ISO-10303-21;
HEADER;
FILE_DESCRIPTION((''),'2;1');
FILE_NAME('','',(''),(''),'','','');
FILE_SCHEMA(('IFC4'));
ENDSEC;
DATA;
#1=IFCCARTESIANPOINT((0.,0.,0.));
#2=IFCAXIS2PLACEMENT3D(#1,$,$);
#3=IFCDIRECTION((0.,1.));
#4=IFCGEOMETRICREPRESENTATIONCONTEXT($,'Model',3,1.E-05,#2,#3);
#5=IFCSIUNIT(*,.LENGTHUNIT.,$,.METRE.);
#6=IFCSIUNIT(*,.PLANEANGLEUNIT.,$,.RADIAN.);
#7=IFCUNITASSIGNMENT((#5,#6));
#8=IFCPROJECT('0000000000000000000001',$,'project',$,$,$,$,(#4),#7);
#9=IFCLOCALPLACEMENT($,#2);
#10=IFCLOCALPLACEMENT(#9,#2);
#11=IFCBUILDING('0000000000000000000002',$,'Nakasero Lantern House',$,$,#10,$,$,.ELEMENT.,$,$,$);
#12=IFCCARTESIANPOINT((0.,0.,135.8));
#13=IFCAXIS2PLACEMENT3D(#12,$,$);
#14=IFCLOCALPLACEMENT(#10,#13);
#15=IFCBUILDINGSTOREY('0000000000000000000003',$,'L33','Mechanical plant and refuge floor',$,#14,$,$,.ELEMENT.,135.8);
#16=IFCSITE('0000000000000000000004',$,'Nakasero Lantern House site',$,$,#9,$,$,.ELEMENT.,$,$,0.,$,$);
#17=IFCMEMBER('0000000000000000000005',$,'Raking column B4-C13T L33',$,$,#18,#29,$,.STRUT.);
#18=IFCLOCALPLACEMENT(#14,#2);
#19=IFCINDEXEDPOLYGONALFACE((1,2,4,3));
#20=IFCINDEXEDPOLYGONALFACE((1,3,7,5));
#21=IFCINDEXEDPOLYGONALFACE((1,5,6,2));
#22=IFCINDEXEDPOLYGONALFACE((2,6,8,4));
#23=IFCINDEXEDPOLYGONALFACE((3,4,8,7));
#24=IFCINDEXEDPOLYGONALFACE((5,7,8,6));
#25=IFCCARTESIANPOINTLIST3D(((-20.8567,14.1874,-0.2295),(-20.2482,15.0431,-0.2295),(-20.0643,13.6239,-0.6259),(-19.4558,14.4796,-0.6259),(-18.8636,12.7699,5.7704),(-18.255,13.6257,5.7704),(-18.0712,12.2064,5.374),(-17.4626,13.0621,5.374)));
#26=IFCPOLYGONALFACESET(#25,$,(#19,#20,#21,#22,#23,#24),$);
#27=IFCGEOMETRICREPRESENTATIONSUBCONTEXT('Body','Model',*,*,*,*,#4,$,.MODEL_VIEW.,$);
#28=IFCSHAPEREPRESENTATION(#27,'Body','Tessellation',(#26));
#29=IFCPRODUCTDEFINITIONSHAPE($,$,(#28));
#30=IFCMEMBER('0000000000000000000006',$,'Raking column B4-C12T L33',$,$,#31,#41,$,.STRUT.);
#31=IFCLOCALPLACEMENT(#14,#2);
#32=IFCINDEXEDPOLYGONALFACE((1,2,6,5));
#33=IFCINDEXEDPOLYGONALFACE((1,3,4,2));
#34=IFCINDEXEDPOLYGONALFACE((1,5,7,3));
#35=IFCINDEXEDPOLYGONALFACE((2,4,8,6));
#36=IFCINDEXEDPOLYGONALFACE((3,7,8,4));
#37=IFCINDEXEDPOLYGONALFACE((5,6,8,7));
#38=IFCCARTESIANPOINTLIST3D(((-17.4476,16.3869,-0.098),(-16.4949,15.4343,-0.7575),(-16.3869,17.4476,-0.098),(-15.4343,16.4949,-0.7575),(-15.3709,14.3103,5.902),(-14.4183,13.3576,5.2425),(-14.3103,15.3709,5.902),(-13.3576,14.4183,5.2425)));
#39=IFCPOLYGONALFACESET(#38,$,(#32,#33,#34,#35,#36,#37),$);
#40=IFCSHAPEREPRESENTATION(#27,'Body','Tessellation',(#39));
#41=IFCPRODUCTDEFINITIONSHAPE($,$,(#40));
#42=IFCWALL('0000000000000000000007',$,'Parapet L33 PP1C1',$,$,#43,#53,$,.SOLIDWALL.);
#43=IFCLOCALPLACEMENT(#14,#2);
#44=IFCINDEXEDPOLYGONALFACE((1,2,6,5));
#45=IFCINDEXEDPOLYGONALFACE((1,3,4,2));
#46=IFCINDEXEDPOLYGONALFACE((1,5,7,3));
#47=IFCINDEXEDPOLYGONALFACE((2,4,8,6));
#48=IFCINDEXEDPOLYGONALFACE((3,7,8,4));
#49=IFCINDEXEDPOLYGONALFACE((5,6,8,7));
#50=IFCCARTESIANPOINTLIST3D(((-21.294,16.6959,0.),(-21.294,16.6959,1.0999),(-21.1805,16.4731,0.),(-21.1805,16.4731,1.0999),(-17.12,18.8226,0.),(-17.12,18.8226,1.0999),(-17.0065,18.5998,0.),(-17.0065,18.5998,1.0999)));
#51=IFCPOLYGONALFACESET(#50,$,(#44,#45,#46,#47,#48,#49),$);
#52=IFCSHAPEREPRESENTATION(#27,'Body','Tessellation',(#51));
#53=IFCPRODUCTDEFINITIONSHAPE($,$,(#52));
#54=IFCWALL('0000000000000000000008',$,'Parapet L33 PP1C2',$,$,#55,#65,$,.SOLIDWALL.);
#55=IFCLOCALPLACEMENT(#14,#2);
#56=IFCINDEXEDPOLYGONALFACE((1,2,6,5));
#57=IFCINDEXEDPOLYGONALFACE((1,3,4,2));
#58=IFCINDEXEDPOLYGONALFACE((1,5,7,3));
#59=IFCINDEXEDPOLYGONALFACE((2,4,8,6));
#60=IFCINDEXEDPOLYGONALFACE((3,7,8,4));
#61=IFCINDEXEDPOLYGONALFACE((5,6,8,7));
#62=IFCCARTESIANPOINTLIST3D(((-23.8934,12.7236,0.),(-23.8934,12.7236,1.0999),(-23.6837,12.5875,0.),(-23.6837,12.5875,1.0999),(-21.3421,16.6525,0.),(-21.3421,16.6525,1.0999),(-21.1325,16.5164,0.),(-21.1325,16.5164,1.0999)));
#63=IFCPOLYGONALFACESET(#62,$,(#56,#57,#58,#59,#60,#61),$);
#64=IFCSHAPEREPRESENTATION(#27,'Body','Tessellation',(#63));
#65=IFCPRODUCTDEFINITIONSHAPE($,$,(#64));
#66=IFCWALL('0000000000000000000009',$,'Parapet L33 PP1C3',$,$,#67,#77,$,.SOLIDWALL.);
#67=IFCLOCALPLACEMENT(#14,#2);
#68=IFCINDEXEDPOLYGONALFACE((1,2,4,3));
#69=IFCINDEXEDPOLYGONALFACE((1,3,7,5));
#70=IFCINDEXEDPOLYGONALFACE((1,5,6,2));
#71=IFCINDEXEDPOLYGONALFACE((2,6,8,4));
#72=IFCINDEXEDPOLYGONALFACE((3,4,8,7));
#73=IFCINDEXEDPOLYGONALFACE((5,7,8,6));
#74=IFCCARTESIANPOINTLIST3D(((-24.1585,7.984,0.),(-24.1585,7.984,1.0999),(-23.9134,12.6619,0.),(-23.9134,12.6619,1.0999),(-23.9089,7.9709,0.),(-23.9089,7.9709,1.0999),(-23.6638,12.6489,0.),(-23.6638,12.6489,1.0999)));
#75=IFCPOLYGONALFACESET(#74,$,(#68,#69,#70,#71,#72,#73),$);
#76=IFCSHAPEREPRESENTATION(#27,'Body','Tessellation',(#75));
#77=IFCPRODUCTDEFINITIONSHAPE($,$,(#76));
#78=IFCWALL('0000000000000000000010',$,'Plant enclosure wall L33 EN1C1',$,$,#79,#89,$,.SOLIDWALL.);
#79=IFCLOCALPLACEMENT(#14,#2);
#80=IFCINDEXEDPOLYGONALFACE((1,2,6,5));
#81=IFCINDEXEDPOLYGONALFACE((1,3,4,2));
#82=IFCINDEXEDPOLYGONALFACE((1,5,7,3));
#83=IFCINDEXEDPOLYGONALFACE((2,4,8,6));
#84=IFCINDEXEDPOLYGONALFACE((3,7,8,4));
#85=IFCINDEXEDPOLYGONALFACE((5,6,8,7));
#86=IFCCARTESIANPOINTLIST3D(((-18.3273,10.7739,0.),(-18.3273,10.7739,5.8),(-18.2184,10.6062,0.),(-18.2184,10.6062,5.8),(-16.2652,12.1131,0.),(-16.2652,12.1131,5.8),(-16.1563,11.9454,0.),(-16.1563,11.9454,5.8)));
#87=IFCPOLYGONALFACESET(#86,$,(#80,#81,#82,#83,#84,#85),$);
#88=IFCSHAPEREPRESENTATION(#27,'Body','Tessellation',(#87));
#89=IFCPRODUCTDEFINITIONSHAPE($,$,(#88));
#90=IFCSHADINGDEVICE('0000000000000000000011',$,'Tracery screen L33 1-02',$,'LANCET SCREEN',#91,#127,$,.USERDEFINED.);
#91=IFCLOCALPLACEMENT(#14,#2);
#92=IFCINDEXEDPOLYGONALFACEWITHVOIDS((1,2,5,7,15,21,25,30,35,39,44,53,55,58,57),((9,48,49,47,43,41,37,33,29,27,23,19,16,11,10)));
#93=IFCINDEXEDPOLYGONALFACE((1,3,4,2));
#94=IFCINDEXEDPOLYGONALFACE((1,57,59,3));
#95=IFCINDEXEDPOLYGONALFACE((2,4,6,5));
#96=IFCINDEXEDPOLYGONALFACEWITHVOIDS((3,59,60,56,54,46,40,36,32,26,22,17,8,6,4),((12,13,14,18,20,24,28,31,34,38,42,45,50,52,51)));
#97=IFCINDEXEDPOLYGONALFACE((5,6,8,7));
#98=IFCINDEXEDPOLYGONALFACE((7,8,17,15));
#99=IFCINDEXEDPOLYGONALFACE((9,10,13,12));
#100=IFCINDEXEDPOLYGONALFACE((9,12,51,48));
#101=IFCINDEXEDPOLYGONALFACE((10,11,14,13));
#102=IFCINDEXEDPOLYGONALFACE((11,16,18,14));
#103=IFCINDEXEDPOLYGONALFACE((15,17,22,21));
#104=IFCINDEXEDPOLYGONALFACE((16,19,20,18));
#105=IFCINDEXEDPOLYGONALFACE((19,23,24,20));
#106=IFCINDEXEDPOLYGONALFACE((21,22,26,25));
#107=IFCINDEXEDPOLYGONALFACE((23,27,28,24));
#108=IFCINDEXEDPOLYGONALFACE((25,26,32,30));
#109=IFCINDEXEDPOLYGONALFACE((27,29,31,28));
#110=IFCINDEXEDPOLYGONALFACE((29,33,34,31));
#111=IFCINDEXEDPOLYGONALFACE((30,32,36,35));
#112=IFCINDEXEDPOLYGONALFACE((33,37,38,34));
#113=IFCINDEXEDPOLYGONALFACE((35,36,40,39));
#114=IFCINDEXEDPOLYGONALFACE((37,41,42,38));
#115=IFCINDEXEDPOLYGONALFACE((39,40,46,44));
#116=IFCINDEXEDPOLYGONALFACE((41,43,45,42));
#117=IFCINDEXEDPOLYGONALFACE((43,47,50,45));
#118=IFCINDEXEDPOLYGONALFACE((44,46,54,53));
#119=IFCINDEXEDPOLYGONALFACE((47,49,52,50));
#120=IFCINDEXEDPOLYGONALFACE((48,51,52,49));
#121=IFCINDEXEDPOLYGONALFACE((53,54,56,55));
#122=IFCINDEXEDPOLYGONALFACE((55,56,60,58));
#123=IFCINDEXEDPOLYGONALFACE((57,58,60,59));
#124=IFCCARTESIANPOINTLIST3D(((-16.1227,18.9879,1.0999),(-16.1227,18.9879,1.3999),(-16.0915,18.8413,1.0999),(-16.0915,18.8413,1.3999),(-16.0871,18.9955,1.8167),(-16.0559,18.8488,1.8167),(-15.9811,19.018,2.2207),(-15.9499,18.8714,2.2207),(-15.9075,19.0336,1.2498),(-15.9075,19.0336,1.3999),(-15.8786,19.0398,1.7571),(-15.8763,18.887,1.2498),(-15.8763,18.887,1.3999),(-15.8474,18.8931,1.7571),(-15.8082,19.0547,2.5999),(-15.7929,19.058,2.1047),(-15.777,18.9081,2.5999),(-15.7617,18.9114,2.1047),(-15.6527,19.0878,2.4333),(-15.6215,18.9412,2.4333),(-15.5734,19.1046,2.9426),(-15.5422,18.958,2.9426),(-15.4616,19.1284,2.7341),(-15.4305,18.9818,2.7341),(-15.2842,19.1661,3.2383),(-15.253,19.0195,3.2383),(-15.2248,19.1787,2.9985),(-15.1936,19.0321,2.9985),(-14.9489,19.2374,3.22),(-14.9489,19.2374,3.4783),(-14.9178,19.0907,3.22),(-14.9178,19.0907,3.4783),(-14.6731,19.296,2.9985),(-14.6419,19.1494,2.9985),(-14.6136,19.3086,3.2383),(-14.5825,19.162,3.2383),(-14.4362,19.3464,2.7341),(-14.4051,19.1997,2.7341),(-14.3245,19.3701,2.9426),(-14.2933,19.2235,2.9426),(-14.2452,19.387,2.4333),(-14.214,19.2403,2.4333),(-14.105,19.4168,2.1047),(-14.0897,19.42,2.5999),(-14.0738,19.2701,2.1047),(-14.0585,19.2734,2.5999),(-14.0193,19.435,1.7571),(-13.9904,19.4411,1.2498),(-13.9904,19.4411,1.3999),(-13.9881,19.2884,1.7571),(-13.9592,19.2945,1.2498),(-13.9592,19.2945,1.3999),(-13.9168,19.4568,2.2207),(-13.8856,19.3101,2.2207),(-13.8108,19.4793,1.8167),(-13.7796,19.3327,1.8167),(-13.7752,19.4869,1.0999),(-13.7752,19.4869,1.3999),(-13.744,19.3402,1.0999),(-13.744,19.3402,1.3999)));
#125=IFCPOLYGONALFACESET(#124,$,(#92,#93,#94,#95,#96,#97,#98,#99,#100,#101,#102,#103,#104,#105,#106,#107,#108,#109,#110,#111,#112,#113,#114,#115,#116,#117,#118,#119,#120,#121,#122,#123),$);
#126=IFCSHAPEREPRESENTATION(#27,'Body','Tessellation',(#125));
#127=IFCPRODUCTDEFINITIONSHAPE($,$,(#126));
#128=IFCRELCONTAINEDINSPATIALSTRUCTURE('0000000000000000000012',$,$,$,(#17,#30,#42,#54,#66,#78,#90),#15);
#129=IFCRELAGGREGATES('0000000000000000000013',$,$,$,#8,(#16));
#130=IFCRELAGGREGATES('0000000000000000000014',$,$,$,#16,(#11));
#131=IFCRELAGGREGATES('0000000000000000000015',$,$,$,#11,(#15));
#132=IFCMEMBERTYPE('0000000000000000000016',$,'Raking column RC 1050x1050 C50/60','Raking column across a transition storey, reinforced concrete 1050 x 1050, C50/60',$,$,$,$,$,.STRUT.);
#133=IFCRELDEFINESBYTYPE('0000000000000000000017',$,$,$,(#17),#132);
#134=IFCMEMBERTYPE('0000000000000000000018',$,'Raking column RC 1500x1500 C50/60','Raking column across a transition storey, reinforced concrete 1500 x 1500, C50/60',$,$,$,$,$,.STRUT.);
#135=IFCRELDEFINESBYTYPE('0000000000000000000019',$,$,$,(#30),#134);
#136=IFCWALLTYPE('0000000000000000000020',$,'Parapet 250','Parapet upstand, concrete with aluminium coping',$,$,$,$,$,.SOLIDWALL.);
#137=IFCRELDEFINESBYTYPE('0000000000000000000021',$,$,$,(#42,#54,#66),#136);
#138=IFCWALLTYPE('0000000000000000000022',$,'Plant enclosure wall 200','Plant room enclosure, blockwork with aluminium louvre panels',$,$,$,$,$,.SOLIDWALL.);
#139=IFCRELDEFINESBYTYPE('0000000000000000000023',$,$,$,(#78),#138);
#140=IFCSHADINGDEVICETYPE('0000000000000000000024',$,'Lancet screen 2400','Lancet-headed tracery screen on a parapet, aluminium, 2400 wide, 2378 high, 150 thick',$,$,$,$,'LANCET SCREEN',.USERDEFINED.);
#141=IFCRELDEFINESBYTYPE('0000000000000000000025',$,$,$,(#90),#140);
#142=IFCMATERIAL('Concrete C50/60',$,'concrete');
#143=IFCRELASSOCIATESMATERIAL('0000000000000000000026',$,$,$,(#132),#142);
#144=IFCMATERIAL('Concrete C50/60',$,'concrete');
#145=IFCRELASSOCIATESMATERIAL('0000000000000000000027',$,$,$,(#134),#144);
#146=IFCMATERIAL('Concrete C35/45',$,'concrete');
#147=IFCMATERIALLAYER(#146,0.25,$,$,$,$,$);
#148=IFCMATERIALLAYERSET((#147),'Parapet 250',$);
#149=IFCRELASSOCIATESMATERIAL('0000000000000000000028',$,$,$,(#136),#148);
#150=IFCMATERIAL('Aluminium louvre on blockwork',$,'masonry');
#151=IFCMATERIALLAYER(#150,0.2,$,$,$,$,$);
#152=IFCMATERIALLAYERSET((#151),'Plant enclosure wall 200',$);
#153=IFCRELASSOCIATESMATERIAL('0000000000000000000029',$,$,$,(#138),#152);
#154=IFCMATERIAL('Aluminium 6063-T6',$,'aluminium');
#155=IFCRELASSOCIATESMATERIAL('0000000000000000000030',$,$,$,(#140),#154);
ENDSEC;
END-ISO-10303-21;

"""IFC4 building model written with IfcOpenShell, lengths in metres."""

from ifc_helpers import new_model, si_unit, direction, frame, frame_2d, origin, origin_2d, place, context, subcontext, project, spatial, polyline, rectangle, outline, extrude, material, layer, layer_set, material_profile, profile_set, type_object, element, save


model = new_model("IFC4")

# Units and contexts
model_context = context("Model", 3, precision=1e-05, world=origin(), true_north=direction((0.0, 1.0)))
body_context = subcontext(model_context, "Body", "Model", "MODEL_VIEW")
ifc_project = project(units=[si_unit("LENGTHUNIT", "METRE"), si_unit("PLANEANGLEUNIT", "RADIAN")], contexts=[model_context])

# Site, building, storey
site_placement = place(None, origin())
site = spatial("IfcSite", under=ifc_project, at=site_placement, Name="Nakasero Lantern House site", CompositionType="ELEMENT", RefElevation=0.0)
building_placement = place(site_placement, origin())
building = spatial("IfcBuilding", under=site, at=building_placement, Name="Nakasero Lantern House", CompositionType="ELEMENT")
storey_placement = place(building_placement, frame((0.0, 0.0, 135.8)))
storey = spatial("IfcBuildingStorey", under=building, at=storey_placement, Name="L33", Description="Mechanical plant and refuge floor", CompositionType="ELEMENT", Elevation=135.8)

# Members
ifc_material_1 = material(Name="Concrete C50/60", Category="concrete")
ifc_material_profile_1 = material_profile(ifc_material_1, rectangle(XDim=1.05, YDim=1.05, at=origin_2d()), Name="RC 1050x1050")
ifc_profile_set_1 = profile_set([ifc_material_profile_1], Name="Concrete C50/60")
member_type_1 = type_object("IfcMemberType", Name="Raking column RC 1050x1050 C50/60", Description="Raking column across a transition storey, reinforced concrete 1050 x 1050, C50/60", PredefinedType="STRUT", material=ifc_profile_set_1)
member_1_placement = place(storey_placement, frame((-20.1562, 14.3335, -0.4277), z_axis=(0.307618, -0.218769, 0.926019), x_axis=(0.579556, 0.814932, 0.0)))
element("IfcMember", 1, at=member_1_placement, inside=storey, type_object=member_type_1, Name="Raking column B4-C13T L33", PredefinedType="STRUT", context=body_context, shape_type="SweptSolid", body=[
    extrude(rectangle(XDim=1.05, YDim=1.05, at=origin_2d()), origin(), (0.0, 0.0, 1.0), 6.4792),
])
ifc_material_2 = material(Name="Concrete C50/60", Category="concrete")
ifc_material_profile_2 = material_profile(ifc_material_2, rectangle(XDim=1.5, YDim=1.5, at=origin_2d()), Name="RC 1500x1500")
ifc_profile_set_2 = profile_set([ifc_material_profile_2], Name="Concrete C50/60")
member_type_2 = type_object("IfcMemberType", Name="Raking column RC 1500x1500 C50/60", Description="Raking column across a transition storey, reinforced concrete 1500 x 1500, C50/60", PredefinedType="STRUT", material=ifc_profile_set_2)
member_2_placement = place(storey_placement, frame((-16.4409, 16.4409, -0.4277), z_axis=(0.310868, -0.310868, 0.898177), x_axis=(0.707107, 0.707107, 0.0)))
element("IfcMember", 2, at=member_2_placement, inside=storey, type_object=member_type_2, Name="Raking column B4-C12T L33", PredefinedType="STRUT", context=body_context, shape_type="SweptSolid", body=[
    extrude(rectangle(XDim=1.5, YDim=1.5, at=origin_2d()), origin(), (0.0, 0.0, 1.0), 6.6802),
])

# Walls
ifc_material_3 = material(Name="Concrete C35/45", Category="concrete")
ifc_layer_1 = layer(ifc_material_3, 0.25)
ifc_layer_set_1 = layer_set([ifc_layer_1], Name="Parapet 250")
wall_type_1 = type_object("IfcWallType", Name="Parapet 250", Description="Parapet upstand, concrete with aluminium coping", PredefinedType="SOLIDWALL", material=ifc_layer_set_1)
for number, where, z_axis, x_axis, name in (
    (3, (-17.0632, 18.7112, 0.0), (0.0, 0.0, 1.0), (-0.891014, -0.453976, 0.0), "Parapet L33 PP1C1"),
    (4, (-21.2373, 16.5845, 0.0), (0.0, 0.0, 1.0), (-0.544605, -0.838692, 0.0), "Parapet L33 PP1C2"),
):
    element("IfcWall", number, at=place(storey_placement, frame(where, z_axis=z_axis, x_axis=x_axis)), inside=storey, type_object=wall_type_1, Name=name, PredefinedType="SOLIDWALL", context=body_context, shape_type="SweptSolid", body=[
        extrude(rectangle(XDim=4.6846, YDim=0.25, at=frame_2d((2.3423, 0.0))), origin(), (0.0, 0.0, 1.0), 1.0999),
    ])
wall_1_placement = place(storey_placement, frame((-23.7886, 12.6555, 0.0), z_axis=(0.0, 0.0, 1.0), x_axis=(-0.052326, -0.99863, 0.0)))
element("IfcWall", 5, at=wall_1_placement, inside=storey, type_object=wall_type_1, Name="Parapet L33 PP1C3", PredefinedType="SOLIDWALL", context=body_context, shape_type="SweptSolid", body=[
    extrude(rectangle(XDim=4.6843, YDim=0.25, at=frame_2d((2.3423, 0.0))), origin(), (0.0, 0.0, 1.0), 1.0999),
])
ifc_material_4 = material(Name="Aluminium louvre on blockwork", Category="masonry")
ifc_layer_2 = layer(ifc_material_4, 0.2)
ifc_layer_set_2 = layer_set([ifc_layer_2], Name="Plant enclosure wall 200")
wall_type_2 = type_object("IfcWallType", Name="Plant enclosure wall 200", Description="Plant room enclosure, blockwork with aluminium louvre panels", PredefinedType="SOLIDWALL", material=ifc_layer_set_2)
wall_2_placement = place(storey_placement, frame((-16.2107, 12.0293, 0.0), z_axis=(0.0, 0.0, 1.0), x_axis=(-0.838666, -0.544646, 0.0)))
element("IfcWall", 6, at=wall_2_placement, inside=storey, type_object=wall_type_2, Name="Plant enclosure wall L33 EN1C1", PredefinedType="SOLIDWALL", context=body_context, shape_type="SweptSolid", body=[
    extrude(rectangle(XDim=2.4587, YDim=0.2, at=frame_2d((1.2295, 0.0))), origin(), (0.0, 0.0, 1.0), 5.8),
])

# Shading device
ifc_material_5 = material(Name="Aluminium 6063-T6", Category="aluminium")
shading_device_type = type_object("IfcShadingDeviceType", Name="Lancet screen 2400", Description="Lancet-headed tracery screen on a parapet, aluminium, 2400 wide, 2378 high, 150 thick", ElementType="LANCET SCREEN", PredefinedType="USERDEFINED", material=ifc_material_5)
shading_device_placement = place(storey_placement, frame((-14.9333, 19.1641, 1.0999), z_axis=(0.0, 0.0, 1.0), x_axis=(-0.978148, -0.207912, 0.0)))
element("IfcShadingDevice", 7, at=shading_device_placement, inside=storey, type_object=shading_device_type, Name="Tracery screen L33 1-02", ObjectType="LANCET SCREEN", PredefinedType="USERDEFINED", context=body_context, shape_type="SweptSolid", body=[
    extrude(outline(polyline([(-1.2, 0.0), (1.2, 0.0), (1.2, 0.3), (1.1636, 0.7168), (1.0552, 1.1208), (0.8784, 1.5), (0.6384, 1.8428), (0.3428, 2.1384), (0.0, 2.3784), (-0.3428, 2.1384), (-0.6384, 1.8428), (-0.8784, 1.5), (-1.0552, 1.1208), (-1.1636, 0.7168), (-1.2, 0.3), (-1.2, 0.0)]), holes=[polyline([(-0.98, 0.1499), (0.98, 0.1499), (0.98, 0.3), (0.9504, 0.6572), (0.8628, 1.0049), (0.7195, 1.3335), (0.5242, 1.6343), (0.282, 1.8987), (0.0, 2.1201), (-0.282, 1.8987), (-0.5242, 1.6343), (-0.7195, 1.3335), (-0.8628, 1.0049), (-0.9504, 0.6572), (-0.98, 0.3), (-0.98, 0.1499)])]), frame((0.0, 0.075, 0.0), z_axis=(0.0, -1.0, 0.0), x_axis=(1.0, 0.0, 0.0)), (0.0, 0.0, 1.0), 0.1499),
])

save(model, "model.ifc")
